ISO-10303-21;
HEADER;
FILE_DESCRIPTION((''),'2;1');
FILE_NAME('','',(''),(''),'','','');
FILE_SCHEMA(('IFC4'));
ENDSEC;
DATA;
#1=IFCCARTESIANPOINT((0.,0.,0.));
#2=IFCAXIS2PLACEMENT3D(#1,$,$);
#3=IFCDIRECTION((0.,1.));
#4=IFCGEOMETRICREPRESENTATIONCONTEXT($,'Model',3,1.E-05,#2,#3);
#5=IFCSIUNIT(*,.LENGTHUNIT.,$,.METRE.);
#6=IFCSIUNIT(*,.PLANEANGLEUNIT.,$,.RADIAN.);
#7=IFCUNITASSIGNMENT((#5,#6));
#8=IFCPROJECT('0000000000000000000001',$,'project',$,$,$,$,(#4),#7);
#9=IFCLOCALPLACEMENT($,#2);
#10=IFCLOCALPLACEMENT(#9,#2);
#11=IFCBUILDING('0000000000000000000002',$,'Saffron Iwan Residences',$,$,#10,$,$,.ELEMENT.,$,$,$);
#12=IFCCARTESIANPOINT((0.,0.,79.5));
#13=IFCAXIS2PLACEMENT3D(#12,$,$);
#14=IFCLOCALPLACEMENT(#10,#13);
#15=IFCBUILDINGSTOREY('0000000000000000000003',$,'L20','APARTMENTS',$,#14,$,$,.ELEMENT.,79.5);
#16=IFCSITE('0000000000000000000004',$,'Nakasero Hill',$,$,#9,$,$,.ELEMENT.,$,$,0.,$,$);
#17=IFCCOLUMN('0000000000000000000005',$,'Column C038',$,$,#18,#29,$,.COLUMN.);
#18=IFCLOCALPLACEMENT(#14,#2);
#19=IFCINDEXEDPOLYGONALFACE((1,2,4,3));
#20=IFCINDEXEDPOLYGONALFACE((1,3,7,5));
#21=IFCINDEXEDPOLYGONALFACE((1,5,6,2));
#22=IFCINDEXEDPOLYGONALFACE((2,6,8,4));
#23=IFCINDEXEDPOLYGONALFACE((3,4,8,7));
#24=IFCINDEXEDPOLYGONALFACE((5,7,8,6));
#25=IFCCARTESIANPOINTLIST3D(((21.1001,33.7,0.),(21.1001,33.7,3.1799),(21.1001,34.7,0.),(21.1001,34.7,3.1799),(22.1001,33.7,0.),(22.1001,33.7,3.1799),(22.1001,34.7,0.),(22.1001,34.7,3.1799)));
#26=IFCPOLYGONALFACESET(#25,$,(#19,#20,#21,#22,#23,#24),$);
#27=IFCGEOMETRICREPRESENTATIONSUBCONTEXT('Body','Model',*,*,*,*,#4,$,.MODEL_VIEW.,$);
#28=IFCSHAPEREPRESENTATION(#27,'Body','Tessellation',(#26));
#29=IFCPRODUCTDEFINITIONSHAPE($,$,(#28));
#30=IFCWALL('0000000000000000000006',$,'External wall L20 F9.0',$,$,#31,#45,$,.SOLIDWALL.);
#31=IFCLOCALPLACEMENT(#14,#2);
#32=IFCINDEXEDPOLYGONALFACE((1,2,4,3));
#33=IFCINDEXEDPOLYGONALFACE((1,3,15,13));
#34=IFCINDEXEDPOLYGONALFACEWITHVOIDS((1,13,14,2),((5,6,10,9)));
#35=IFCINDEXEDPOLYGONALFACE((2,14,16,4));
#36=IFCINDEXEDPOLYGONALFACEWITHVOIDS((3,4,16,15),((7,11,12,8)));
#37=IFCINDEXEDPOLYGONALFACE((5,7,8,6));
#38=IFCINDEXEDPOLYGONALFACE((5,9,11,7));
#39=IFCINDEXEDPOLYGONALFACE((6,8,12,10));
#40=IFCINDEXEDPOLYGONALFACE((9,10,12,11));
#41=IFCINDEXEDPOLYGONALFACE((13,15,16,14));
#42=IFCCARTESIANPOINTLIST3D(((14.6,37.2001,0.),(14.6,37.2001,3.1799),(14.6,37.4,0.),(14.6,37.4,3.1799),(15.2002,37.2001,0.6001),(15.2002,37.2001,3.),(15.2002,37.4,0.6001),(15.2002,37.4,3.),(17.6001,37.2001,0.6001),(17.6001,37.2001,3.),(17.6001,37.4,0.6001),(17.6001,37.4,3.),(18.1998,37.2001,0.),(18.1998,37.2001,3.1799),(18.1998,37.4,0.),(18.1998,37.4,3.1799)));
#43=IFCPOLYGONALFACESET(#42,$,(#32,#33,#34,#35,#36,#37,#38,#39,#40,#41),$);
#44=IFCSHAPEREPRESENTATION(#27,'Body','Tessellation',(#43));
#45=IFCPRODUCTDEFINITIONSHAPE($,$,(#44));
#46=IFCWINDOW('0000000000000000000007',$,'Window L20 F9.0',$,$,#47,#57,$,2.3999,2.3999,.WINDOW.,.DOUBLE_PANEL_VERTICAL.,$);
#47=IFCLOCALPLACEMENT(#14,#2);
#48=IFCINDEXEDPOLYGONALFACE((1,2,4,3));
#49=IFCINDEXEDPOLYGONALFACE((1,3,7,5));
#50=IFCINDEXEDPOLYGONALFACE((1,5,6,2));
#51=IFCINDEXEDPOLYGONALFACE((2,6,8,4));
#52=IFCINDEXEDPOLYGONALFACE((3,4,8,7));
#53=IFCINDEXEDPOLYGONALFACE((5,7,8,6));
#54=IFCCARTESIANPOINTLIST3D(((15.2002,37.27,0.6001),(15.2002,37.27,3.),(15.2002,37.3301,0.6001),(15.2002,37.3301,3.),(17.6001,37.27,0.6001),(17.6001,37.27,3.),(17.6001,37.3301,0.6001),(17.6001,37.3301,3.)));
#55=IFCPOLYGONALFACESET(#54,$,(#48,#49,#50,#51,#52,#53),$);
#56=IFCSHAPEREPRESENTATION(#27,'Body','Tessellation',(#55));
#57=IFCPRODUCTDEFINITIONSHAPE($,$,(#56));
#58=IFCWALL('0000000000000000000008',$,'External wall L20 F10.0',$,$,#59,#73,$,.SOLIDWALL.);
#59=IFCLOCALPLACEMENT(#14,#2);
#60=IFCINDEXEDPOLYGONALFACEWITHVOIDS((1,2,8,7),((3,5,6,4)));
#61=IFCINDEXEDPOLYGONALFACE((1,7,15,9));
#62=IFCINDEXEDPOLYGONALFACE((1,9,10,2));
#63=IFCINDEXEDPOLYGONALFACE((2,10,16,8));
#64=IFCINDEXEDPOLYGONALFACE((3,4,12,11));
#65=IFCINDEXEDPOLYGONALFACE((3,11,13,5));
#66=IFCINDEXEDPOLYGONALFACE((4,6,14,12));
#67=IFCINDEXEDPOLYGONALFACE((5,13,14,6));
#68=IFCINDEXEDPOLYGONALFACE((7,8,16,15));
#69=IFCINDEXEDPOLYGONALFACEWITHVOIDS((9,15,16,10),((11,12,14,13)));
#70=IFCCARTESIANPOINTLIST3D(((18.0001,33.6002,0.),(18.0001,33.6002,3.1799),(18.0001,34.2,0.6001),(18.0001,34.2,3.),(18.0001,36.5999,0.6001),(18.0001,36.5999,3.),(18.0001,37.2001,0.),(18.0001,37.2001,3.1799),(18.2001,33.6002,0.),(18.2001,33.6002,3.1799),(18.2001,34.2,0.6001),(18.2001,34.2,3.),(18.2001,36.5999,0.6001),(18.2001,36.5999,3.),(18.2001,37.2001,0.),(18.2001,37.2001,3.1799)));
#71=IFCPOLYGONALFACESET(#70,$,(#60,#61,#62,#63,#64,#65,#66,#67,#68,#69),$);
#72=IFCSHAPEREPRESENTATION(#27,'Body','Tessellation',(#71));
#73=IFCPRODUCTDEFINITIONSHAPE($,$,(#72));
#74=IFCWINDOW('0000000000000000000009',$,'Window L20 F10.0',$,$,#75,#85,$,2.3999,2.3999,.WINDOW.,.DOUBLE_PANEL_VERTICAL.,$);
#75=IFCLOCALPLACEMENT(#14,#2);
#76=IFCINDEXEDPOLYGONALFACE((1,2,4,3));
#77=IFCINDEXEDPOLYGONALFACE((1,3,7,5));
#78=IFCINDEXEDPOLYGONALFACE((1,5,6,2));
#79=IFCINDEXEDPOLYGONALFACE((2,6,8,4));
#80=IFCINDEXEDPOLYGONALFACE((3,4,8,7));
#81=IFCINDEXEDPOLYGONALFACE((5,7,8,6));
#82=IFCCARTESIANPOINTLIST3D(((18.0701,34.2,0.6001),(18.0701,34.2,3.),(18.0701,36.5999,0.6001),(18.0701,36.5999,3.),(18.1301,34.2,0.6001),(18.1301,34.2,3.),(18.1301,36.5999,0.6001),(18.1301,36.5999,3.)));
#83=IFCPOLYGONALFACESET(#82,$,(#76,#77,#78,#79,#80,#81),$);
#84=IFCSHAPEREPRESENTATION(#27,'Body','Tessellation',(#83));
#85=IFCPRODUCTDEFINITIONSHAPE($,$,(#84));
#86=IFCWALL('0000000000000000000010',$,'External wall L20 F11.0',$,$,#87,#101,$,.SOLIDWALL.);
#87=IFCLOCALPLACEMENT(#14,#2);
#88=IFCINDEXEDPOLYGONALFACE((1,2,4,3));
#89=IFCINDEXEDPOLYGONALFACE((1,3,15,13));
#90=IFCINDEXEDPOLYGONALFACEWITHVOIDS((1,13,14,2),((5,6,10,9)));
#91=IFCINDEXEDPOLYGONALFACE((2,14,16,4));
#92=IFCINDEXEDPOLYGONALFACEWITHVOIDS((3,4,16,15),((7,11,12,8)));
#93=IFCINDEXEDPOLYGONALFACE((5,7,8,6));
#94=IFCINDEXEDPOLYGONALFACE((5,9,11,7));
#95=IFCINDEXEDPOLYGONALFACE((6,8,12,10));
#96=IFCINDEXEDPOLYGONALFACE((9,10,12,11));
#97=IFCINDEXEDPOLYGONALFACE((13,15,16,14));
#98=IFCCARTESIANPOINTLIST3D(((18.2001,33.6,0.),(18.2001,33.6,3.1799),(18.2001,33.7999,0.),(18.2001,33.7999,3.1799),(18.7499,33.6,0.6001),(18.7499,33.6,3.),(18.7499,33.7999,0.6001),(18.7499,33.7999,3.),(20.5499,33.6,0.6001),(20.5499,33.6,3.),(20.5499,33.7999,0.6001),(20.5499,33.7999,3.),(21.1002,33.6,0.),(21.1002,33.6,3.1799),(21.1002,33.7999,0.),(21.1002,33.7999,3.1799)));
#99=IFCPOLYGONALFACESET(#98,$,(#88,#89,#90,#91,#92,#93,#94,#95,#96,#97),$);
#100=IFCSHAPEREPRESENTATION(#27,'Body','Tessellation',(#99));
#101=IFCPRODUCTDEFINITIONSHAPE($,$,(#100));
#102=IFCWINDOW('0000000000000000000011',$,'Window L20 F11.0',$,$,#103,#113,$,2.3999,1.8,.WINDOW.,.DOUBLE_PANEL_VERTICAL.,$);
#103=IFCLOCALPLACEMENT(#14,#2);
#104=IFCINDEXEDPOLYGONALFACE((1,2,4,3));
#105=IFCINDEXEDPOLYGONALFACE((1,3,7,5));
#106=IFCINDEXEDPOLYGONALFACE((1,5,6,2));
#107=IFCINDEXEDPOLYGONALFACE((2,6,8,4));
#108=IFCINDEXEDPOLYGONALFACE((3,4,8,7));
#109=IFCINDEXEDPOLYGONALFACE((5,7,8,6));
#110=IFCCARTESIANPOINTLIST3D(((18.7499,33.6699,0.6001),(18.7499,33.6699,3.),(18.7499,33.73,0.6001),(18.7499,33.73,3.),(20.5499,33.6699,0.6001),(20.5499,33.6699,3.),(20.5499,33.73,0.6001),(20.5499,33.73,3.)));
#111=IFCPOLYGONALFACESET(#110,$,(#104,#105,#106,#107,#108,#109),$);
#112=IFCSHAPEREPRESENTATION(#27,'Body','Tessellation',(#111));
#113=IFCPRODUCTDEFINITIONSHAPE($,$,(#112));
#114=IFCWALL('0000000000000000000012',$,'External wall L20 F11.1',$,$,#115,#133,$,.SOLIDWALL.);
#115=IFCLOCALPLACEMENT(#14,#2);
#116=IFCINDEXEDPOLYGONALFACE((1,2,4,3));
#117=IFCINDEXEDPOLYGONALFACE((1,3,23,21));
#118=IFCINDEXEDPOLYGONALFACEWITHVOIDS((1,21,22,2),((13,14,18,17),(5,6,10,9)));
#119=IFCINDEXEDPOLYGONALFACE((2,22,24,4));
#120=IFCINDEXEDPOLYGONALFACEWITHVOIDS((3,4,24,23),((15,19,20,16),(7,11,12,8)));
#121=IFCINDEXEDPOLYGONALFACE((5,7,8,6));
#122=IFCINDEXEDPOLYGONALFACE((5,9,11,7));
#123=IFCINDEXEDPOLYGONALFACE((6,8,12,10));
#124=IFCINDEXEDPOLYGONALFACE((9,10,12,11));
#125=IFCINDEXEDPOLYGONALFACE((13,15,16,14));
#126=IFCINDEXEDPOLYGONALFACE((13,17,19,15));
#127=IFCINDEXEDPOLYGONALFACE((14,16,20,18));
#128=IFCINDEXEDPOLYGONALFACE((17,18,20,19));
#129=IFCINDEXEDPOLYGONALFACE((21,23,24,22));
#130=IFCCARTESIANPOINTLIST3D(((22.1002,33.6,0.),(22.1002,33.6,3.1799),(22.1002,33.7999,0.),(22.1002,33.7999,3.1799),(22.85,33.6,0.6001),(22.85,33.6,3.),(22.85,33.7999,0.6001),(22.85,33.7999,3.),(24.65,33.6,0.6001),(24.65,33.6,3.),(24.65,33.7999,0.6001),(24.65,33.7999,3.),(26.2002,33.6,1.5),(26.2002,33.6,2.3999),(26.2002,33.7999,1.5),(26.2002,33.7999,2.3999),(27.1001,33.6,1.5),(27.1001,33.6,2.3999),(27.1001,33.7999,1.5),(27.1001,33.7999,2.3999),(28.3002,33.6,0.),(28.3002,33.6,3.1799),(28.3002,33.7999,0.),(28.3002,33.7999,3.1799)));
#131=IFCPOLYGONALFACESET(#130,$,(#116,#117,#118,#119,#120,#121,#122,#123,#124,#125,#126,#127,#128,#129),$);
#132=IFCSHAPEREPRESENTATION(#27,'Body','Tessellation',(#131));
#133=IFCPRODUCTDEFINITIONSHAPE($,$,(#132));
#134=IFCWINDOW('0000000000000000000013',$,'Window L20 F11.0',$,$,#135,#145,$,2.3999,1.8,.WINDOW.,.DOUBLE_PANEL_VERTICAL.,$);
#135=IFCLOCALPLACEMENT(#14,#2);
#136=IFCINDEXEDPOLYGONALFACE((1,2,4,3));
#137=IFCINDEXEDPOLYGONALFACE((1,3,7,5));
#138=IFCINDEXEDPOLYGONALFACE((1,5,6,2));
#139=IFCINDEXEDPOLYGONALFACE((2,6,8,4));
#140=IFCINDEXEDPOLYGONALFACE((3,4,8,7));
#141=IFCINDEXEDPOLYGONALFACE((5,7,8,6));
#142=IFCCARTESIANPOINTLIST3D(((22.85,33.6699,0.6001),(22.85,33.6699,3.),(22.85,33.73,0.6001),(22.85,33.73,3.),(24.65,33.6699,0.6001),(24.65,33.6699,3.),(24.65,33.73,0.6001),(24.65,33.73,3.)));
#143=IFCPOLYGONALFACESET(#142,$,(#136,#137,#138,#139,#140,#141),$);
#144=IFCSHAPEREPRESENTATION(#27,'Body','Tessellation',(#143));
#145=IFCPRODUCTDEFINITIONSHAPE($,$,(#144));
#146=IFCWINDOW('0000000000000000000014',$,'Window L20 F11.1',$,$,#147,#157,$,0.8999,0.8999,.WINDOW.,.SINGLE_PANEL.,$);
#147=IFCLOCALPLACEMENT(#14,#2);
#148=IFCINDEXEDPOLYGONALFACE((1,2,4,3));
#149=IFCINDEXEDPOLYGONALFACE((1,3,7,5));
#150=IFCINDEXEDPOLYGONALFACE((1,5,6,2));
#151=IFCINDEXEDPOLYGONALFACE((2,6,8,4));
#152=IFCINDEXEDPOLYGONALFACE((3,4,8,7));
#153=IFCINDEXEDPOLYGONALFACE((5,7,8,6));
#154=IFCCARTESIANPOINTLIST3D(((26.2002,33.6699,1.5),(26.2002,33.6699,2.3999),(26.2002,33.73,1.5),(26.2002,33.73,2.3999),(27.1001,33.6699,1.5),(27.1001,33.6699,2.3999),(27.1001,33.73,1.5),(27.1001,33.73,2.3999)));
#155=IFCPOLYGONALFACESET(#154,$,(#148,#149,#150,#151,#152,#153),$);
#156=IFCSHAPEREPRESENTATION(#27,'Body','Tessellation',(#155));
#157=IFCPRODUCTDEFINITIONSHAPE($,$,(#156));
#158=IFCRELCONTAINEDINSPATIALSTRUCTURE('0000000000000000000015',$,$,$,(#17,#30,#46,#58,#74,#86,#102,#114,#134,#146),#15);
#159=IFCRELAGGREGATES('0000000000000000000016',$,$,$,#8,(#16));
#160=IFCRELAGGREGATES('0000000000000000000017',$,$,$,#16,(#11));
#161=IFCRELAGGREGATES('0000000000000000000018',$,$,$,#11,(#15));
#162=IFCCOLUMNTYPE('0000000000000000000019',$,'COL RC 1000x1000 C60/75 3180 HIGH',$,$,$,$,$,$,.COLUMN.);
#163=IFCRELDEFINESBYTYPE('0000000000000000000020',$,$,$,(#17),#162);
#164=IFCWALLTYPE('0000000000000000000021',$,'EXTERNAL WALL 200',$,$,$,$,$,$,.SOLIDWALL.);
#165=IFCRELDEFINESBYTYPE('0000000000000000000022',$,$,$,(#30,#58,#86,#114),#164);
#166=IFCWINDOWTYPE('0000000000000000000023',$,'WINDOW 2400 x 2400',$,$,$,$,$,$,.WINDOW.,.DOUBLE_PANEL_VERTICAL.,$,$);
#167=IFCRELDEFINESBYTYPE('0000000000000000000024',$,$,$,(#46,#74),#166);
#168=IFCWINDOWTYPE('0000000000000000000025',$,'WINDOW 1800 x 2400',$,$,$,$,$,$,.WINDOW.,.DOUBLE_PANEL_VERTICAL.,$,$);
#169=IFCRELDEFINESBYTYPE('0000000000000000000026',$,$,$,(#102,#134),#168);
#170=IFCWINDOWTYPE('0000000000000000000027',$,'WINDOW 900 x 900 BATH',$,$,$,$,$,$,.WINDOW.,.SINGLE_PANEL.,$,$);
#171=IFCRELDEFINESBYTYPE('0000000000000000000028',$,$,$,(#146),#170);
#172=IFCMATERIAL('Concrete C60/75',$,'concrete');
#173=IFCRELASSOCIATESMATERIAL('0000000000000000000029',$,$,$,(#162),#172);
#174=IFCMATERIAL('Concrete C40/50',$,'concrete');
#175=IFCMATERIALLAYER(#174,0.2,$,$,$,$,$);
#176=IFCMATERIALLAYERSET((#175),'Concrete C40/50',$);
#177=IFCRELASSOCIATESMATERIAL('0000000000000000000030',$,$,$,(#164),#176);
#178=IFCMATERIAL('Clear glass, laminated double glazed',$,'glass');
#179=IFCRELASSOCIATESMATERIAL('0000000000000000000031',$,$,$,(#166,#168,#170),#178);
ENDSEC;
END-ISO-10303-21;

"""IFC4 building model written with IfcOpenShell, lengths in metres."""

from ifc_helpers import new_model, si_unit, direction, frame, frame_2d, origin, origin_2d, place, context, subcontext, project, spatial, rectangle, extrude, source, transform, mapped, material, layer, layer_set, material_profile, profile_set, type_object, element, fill, save


model = new_model("IFC4")

# Units and contexts
model_context = context("Model", 3, precision=1e-05, world=origin(), true_north=direction((0.0, 1.0)))
body_context = subcontext(model_context, "Body", "Model", "MODEL_VIEW")
ifc_project = project(units=[si_unit("LENGTHUNIT", "METRE"), si_unit("PLANEANGLEUNIT", "RADIAN")], contexts=[model_context])

# Site, building, storey
site_placement = place(None, origin())
site = spatial("IfcSite", under=ifc_project, at=site_placement, Name="Nakasero Hill", CompositionType="ELEMENT", RefElevation=0.0)
building_placement = place(site_placement, origin())
building = spatial("IfcBuilding", under=site, at=building_placement, Name="Saffron Iwan Residences", CompositionType="ELEMENT")
storey_placement = place(building_placement, frame((0.0, 0.0, 79.5)))
storey = spatial("IfcBuildingStorey", under=building, at=storey_placement, Name="L20", Description="APARTMENTS", CompositionType="ELEMENT", Elevation=79.5)

# Column
ifc_material_1 = material(Name="Concrete C60/75", Category="concrete")
ifc_material_profile = material_profile(ifc_material_1, rectangle(XDim=1.0, YDim=1.0, at=origin_2d()), Name="RC 1000x1000")
ifc_profile_set = profile_set([ifc_material_profile], Name="Concrete C60/75")
column_type = type_object("IfcColumnType", Name="COL RC 1000x1000 C60/75 3180 HIGH", PredefinedType="COLUMN", material=ifc_profile_set)
shared_shape = source(origin(), body_context, "Body", "SweptSolid", [
    extrude(rectangle(XDim=1.0, YDim=1.0, at=origin_2d()), origin(), (0.0, 0.0, 1.0), 3.1799),
])
column_placement = place(storey_placement, frame((21.6001, 34.2, 0.0), z_axis=(0.0, 0.0, 1.0), x_axis=(1.0, 0.0, 0.0)))
element("IfcColumn", 1, at=column_placement, inside=storey, type_object=column_type, Name="Column C038", PredefinedType="COLUMN", context=body_context, shape_type="MappedRepresentation", body=[
    mapped(shared_shape, transform((0.0, 0.0, 0.0))),
])

# Walls, openings, windows
ifc_material_2 = material(Name="Concrete C40/50", Category="concrete")
ifc_layer_1 = layer(ifc_material_2, 0.2)
ifc_layer_set_1 = layer_set([ifc_layer_1], Name="Concrete C40/50")
wall_type_1 = type_object("IfcWallType", Name="EXTERNAL WALL 200", PredefinedType="SOLIDWALL", material=ifc_layer_set_1)
wall_1_placement = place(storey_placement, frame((14.6001, 37.3, 0.0), z_axis=(0.0, 0.0, 1.0), x_axis=(1.0, 0.0, 0.0)))
wall_1 = element("IfcWall", 2, at=wall_1_placement, inside=storey, type_object=wall_type_1, Name="External wall L20 F9.0", PredefinedType="SOLIDWALL", context=body_context, shape_type="SweptSolid", body=[
    extrude(rectangle(XDim=3.5999, YDim=0.2, at=frame_2d((1.7998, 0.0))), origin(), (0.0, 0.0, 1.0), 3.1799),
])
opening_1_placement = place(wall_1_placement, frame((0.6001, 0.0, 0.6001)))
opening_1 = element("IfcOpeningElement", 3, at=opening_1_placement, cuts=wall_1, PredefinedType="OPENING", context=body_context, shape_type="SweptSolid", body=[
    extrude(rectangle(XDim=2.3999, YDim=2.3999, at=frame_2d((1.2, 1.2))), frame((0.0, 0.1099, 0.0), z_axis=(0.0, -1.0, 0.0), x_axis=(1.0, 0.0, 0.0)), (0.0, 0.0, 1.0), 0.22),
])
ifc_material_3 = material(Name="Clear glass, laminated double glazed", Category="glass")
window_type_1 = type_object("IfcWindowType", Name="WINDOW 2400 x 2400", PartitioningType="DOUBLE_PANEL_VERTICAL", PredefinedType="WINDOW", material=ifc_material_3)
window_1_placement = place(opening_1_placement, origin())
window_1 = element("IfcWindow", 4, at=window_1_placement, inside=storey, type_object=window_type_1, Name="Window L20 F9.0", OverallHeight=2.3999, OverallWidth=2.3999, PartitioningType="DOUBLE_PANEL_VERTICAL", PredefinedType="WINDOW", context=body_context, shape_type="SweptSolid", body=[
    extrude(rectangle(XDim=2.3999, YDim=2.3999, at=frame_2d((1.2, 1.2))), frame((0.0, 0.03, 0.0), z_axis=(0.0, -1.0, 0.0), x_axis=(1.0, 0.0, 0.0)), (0.0, 0.0, 1.0), 0.0601),
])
fill(opening_1, window_1)
wall_2_placement = place(storey_placement, frame((18.1001, 37.2, 0.0), z_axis=(0.0, 0.0, 1.0), x_axis=(0.0, -1.0, 0.0)))
wall_2 = element("IfcWall", 5, at=wall_2_placement, inside=storey, type_object=wall_type_1, Name="External wall L20 F10.0", PredefinedType="SOLIDWALL", context=body_context, shape_type="SweptSolid", body=[
    extrude(rectangle(XDim=3.5999, YDim=0.2, at=frame_2d((1.7998, 0.0))), origin(), (0.0, 0.0, 1.0), 3.1799),
])
opening_2_placement = place(wall_2_placement, frame((0.6001, 0.0, 0.6001)))
opening_2 = element("IfcOpeningElement", 6, at=opening_2_placement, cuts=wall_2, PredefinedType="OPENING", context=body_context, shape_type="SweptSolid", body=[
    extrude(rectangle(XDim=2.3999, YDim=2.3999, at=frame_2d((1.2, 1.2))), frame((0.0, 0.1099, 0.0), z_axis=(0.0, -1.0, 0.0), x_axis=(1.0, 0.0, 0.0)), (0.0, 0.0, 1.0), 0.22),
])
window_2_placement = place(opening_2_placement, origin())
window_2 = element("IfcWindow", 7, at=window_2_placement, inside=storey, type_object=window_type_1, Name="Window L20 F10.0", OverallHeight=2.3999, OverallWidth=2.3999, PartitioningType="DOUBLE_PANEL_VERTICAL", PredefinedType="WINDOW", context=body_context, shape_type="SweptSolid", body=[
    extrude(rectangle(XDim=2.3999, YDim=2.3999, at=frame_2d((1.2, 1.2))), frame((0.0, 0.03, 0.0), z_axis=(0.0, -1.0, 0.0), x_axis=(1.0, 0.0, 0.0)), (0.0, 0.0, 1.0), 0.0601),
])
fill(opening_2, window_2)
wall_3_placement = place(storey_placement, frame((18.2, 33.7, 0.0), z_axis=(0.0, 0.0, 1.0), x_axis=(1.0, 0.0, 0.0)))
wall_3 = element("IfcWall", 8, at=wall_3_placement, inside=storey, type_object=wall_type_1, Name="External wall L20 F11.0", PredefinedType="SOLIDWALL", context=body_context, shape_type="SweptSolid", body=[
    extrude(rectangle(XDim=2.9001, YDim=0.2, at=frame_2d((1.4502, 0.0))), origin(), (0.0, 0.0, 1.0), 3.1799),
])
opening_3_placement = place(wall_3_placement, frame((0.55, 0.0, 0.6001)))
opening_3 = element("IfcOpeningElement", 9, at=opening_3_placement, cuts=wall_3, PredefinedType="OPENING", context=body_context, shape_type="SweptSolid", body=[
    extrude(rectangle(XDim=1.8, YDim=2.3999, at=frame_2d((0.8999, 1.2))), frame((0.0, 0.1099, 0.0), z_axis=(0.0, -1.0, 0.0), x_axis=(1.0, 0.0, 0.0)), (0.0, 0.0, 1.0), 0.22),
])
window_type_2 = type_object("IfcWindowType", Name="WINDOW 1800 x 2400", PartitioningType="DOUBLE_PANEL_VERTICAL", PredefinedType="WINDOW", material=ifc_material_3)
window_3_placement = place(opening_3_placement, origin())
window_3 = element("IfcWindow", 10, at=window_3_placement, inside=storey, type_object=window_type_2, Name="Window L20 F11.0", OverallHeight=2.3999, OverallWidth=1.8, PartitioningType="DOUBLE_PANEL_VERTICAL", PredefinedType="WINDOW", context=body_context, shape_type="SweptSolid", body=[
    extrude(rectangle(XDim=1.8, YDim=2.3999, at=frame_2d((0.8999, 1.2))), frame((0.0, 0.03, 0.0), z_axis=(0.0, -1.0, 0.0), x_axis=(1.0, 0.0, 0.0)), (0.0, 0.0, 1.0), 0.0601),
])
fill(opening_3, window_3)

# Wall, openings, windows
wall_4_placement = place(storey_placement, frame((22.1001, 33.7, 0.0), z_axis=(0.0, 0.0, 1.0), x_axis=(1.0, 0.0, 0.0)))
wall_4 = element("IfcWall", 11, at=wall_4_placement, inside=storey, type_object=wall_type_1, Name="External wall L20 F11.1", PredefinedType="SOLIDWALL", context=body_context, shape_type="SweptSolid", body=[
    extrude(rectangle(XDim=6.2, YDim=0.2, at=frame_2d((3.1001, 0.0))), origin(), (0.0, 0.0, 1.0), 3.1799),
])
opening_4_placement = place(wall_4_placement, frame((0.75, 0.0, 0.6001)))
opening_4 = element("IfcOpeningElement", 12, at=opening_4_placement, cuts=wall_4, PredefinedType="OPENING", context=body_context, shape_type="SweptSolid", body=[
    extrude(rectangle(XDim=1.8, YDim=2.3999, at=frame_2d((0.8999, 1.2))), frame((0.0, 0.1099, 0.0), z_axis=(0.0, -1.0, 0.0), x_axis=(1.0, 0.0, 0.0)), (0.0, 0.0, 1.0), 0.22),
])
opening_5_placement = place(wall_4_placement, frame((4.1001, 0.0, 1.5)))
opening_5 = element("IfcOpeningElement", 13, at=opening_5_placement, cuts=wall_4, PredefinedType="OPENING", context=body_context, shape_type="SweptSolid", body=[
    extrude(rectangle(XDim=0.8999, YDim=0.8999, at=frame_2d((0.45, 0.45))), frame((0.0, 0.1099, 0.0), z_axis=(0.0, -1.0, 0.0), x_axis=(1.0, 0.0, 0.0)), (0.0, 0.0, 1.0), 0.22),
])
window_4_placement = place(opening_4_placement, origin())
window_4 = element("IfcWindow", 14, at=window_4_placement, inside=storey, type_object=window_type_2, Name="Window L20 F11.0", OverallHeight=2.3999, OverallWidth=1.8, PartitioningType="DOUBLE_PANEL_VERTICAL", PredefinedType="WINDOW", context=body_context, shape_type="SweptSolid", body=[
    extrude(rectangle(XDim=1.8, YDim=2.3999, at=frame_2d((0.8999, 1.2))), frame((0.0, 0.03, 0.0), z_axis=(0.0, -1.0, 0.0), x_axis=(1.0, 0.0, 0.0)), (0.0, 0.0, 1.0), 0.0601),
])
fill(opening_4, window_4)
window_type_3 = type_object("IfcWindowType", Name="WINDOW 900 x 900 BATH", PartitioningType="SINGLE_PANEL", PredefinedType="WINDOW", material=ifc_material_3)
window_5_placement = place(opening_5_placement, origin())
window_5 = element("IfcWindow", 15, at=window_5_placement, inside=storey, type_object=window_type_3, Name="Window L20 F11.1", OverallHeight=0.8999, OverallWidth=0.8999, PartitioningType="SINGLE_PANEL", PredefinedType="WINDOW", context=body_context, shape_type="SweptSolid", body=[
    extrude(rectangle(XDim=0.8999, YDim=0.8999, at=frame_2d((0.45, 0.45))), frame((0.0, 0.03, 0.0), z_axis=(0.0, -1.0, 0.0), x_axis=(1.0, 0.0, 0.0)), (0.0, 0.0, 1.0), 0.0601),
])
fill(opening_5, window_5)

save(model, "model.ifc")
